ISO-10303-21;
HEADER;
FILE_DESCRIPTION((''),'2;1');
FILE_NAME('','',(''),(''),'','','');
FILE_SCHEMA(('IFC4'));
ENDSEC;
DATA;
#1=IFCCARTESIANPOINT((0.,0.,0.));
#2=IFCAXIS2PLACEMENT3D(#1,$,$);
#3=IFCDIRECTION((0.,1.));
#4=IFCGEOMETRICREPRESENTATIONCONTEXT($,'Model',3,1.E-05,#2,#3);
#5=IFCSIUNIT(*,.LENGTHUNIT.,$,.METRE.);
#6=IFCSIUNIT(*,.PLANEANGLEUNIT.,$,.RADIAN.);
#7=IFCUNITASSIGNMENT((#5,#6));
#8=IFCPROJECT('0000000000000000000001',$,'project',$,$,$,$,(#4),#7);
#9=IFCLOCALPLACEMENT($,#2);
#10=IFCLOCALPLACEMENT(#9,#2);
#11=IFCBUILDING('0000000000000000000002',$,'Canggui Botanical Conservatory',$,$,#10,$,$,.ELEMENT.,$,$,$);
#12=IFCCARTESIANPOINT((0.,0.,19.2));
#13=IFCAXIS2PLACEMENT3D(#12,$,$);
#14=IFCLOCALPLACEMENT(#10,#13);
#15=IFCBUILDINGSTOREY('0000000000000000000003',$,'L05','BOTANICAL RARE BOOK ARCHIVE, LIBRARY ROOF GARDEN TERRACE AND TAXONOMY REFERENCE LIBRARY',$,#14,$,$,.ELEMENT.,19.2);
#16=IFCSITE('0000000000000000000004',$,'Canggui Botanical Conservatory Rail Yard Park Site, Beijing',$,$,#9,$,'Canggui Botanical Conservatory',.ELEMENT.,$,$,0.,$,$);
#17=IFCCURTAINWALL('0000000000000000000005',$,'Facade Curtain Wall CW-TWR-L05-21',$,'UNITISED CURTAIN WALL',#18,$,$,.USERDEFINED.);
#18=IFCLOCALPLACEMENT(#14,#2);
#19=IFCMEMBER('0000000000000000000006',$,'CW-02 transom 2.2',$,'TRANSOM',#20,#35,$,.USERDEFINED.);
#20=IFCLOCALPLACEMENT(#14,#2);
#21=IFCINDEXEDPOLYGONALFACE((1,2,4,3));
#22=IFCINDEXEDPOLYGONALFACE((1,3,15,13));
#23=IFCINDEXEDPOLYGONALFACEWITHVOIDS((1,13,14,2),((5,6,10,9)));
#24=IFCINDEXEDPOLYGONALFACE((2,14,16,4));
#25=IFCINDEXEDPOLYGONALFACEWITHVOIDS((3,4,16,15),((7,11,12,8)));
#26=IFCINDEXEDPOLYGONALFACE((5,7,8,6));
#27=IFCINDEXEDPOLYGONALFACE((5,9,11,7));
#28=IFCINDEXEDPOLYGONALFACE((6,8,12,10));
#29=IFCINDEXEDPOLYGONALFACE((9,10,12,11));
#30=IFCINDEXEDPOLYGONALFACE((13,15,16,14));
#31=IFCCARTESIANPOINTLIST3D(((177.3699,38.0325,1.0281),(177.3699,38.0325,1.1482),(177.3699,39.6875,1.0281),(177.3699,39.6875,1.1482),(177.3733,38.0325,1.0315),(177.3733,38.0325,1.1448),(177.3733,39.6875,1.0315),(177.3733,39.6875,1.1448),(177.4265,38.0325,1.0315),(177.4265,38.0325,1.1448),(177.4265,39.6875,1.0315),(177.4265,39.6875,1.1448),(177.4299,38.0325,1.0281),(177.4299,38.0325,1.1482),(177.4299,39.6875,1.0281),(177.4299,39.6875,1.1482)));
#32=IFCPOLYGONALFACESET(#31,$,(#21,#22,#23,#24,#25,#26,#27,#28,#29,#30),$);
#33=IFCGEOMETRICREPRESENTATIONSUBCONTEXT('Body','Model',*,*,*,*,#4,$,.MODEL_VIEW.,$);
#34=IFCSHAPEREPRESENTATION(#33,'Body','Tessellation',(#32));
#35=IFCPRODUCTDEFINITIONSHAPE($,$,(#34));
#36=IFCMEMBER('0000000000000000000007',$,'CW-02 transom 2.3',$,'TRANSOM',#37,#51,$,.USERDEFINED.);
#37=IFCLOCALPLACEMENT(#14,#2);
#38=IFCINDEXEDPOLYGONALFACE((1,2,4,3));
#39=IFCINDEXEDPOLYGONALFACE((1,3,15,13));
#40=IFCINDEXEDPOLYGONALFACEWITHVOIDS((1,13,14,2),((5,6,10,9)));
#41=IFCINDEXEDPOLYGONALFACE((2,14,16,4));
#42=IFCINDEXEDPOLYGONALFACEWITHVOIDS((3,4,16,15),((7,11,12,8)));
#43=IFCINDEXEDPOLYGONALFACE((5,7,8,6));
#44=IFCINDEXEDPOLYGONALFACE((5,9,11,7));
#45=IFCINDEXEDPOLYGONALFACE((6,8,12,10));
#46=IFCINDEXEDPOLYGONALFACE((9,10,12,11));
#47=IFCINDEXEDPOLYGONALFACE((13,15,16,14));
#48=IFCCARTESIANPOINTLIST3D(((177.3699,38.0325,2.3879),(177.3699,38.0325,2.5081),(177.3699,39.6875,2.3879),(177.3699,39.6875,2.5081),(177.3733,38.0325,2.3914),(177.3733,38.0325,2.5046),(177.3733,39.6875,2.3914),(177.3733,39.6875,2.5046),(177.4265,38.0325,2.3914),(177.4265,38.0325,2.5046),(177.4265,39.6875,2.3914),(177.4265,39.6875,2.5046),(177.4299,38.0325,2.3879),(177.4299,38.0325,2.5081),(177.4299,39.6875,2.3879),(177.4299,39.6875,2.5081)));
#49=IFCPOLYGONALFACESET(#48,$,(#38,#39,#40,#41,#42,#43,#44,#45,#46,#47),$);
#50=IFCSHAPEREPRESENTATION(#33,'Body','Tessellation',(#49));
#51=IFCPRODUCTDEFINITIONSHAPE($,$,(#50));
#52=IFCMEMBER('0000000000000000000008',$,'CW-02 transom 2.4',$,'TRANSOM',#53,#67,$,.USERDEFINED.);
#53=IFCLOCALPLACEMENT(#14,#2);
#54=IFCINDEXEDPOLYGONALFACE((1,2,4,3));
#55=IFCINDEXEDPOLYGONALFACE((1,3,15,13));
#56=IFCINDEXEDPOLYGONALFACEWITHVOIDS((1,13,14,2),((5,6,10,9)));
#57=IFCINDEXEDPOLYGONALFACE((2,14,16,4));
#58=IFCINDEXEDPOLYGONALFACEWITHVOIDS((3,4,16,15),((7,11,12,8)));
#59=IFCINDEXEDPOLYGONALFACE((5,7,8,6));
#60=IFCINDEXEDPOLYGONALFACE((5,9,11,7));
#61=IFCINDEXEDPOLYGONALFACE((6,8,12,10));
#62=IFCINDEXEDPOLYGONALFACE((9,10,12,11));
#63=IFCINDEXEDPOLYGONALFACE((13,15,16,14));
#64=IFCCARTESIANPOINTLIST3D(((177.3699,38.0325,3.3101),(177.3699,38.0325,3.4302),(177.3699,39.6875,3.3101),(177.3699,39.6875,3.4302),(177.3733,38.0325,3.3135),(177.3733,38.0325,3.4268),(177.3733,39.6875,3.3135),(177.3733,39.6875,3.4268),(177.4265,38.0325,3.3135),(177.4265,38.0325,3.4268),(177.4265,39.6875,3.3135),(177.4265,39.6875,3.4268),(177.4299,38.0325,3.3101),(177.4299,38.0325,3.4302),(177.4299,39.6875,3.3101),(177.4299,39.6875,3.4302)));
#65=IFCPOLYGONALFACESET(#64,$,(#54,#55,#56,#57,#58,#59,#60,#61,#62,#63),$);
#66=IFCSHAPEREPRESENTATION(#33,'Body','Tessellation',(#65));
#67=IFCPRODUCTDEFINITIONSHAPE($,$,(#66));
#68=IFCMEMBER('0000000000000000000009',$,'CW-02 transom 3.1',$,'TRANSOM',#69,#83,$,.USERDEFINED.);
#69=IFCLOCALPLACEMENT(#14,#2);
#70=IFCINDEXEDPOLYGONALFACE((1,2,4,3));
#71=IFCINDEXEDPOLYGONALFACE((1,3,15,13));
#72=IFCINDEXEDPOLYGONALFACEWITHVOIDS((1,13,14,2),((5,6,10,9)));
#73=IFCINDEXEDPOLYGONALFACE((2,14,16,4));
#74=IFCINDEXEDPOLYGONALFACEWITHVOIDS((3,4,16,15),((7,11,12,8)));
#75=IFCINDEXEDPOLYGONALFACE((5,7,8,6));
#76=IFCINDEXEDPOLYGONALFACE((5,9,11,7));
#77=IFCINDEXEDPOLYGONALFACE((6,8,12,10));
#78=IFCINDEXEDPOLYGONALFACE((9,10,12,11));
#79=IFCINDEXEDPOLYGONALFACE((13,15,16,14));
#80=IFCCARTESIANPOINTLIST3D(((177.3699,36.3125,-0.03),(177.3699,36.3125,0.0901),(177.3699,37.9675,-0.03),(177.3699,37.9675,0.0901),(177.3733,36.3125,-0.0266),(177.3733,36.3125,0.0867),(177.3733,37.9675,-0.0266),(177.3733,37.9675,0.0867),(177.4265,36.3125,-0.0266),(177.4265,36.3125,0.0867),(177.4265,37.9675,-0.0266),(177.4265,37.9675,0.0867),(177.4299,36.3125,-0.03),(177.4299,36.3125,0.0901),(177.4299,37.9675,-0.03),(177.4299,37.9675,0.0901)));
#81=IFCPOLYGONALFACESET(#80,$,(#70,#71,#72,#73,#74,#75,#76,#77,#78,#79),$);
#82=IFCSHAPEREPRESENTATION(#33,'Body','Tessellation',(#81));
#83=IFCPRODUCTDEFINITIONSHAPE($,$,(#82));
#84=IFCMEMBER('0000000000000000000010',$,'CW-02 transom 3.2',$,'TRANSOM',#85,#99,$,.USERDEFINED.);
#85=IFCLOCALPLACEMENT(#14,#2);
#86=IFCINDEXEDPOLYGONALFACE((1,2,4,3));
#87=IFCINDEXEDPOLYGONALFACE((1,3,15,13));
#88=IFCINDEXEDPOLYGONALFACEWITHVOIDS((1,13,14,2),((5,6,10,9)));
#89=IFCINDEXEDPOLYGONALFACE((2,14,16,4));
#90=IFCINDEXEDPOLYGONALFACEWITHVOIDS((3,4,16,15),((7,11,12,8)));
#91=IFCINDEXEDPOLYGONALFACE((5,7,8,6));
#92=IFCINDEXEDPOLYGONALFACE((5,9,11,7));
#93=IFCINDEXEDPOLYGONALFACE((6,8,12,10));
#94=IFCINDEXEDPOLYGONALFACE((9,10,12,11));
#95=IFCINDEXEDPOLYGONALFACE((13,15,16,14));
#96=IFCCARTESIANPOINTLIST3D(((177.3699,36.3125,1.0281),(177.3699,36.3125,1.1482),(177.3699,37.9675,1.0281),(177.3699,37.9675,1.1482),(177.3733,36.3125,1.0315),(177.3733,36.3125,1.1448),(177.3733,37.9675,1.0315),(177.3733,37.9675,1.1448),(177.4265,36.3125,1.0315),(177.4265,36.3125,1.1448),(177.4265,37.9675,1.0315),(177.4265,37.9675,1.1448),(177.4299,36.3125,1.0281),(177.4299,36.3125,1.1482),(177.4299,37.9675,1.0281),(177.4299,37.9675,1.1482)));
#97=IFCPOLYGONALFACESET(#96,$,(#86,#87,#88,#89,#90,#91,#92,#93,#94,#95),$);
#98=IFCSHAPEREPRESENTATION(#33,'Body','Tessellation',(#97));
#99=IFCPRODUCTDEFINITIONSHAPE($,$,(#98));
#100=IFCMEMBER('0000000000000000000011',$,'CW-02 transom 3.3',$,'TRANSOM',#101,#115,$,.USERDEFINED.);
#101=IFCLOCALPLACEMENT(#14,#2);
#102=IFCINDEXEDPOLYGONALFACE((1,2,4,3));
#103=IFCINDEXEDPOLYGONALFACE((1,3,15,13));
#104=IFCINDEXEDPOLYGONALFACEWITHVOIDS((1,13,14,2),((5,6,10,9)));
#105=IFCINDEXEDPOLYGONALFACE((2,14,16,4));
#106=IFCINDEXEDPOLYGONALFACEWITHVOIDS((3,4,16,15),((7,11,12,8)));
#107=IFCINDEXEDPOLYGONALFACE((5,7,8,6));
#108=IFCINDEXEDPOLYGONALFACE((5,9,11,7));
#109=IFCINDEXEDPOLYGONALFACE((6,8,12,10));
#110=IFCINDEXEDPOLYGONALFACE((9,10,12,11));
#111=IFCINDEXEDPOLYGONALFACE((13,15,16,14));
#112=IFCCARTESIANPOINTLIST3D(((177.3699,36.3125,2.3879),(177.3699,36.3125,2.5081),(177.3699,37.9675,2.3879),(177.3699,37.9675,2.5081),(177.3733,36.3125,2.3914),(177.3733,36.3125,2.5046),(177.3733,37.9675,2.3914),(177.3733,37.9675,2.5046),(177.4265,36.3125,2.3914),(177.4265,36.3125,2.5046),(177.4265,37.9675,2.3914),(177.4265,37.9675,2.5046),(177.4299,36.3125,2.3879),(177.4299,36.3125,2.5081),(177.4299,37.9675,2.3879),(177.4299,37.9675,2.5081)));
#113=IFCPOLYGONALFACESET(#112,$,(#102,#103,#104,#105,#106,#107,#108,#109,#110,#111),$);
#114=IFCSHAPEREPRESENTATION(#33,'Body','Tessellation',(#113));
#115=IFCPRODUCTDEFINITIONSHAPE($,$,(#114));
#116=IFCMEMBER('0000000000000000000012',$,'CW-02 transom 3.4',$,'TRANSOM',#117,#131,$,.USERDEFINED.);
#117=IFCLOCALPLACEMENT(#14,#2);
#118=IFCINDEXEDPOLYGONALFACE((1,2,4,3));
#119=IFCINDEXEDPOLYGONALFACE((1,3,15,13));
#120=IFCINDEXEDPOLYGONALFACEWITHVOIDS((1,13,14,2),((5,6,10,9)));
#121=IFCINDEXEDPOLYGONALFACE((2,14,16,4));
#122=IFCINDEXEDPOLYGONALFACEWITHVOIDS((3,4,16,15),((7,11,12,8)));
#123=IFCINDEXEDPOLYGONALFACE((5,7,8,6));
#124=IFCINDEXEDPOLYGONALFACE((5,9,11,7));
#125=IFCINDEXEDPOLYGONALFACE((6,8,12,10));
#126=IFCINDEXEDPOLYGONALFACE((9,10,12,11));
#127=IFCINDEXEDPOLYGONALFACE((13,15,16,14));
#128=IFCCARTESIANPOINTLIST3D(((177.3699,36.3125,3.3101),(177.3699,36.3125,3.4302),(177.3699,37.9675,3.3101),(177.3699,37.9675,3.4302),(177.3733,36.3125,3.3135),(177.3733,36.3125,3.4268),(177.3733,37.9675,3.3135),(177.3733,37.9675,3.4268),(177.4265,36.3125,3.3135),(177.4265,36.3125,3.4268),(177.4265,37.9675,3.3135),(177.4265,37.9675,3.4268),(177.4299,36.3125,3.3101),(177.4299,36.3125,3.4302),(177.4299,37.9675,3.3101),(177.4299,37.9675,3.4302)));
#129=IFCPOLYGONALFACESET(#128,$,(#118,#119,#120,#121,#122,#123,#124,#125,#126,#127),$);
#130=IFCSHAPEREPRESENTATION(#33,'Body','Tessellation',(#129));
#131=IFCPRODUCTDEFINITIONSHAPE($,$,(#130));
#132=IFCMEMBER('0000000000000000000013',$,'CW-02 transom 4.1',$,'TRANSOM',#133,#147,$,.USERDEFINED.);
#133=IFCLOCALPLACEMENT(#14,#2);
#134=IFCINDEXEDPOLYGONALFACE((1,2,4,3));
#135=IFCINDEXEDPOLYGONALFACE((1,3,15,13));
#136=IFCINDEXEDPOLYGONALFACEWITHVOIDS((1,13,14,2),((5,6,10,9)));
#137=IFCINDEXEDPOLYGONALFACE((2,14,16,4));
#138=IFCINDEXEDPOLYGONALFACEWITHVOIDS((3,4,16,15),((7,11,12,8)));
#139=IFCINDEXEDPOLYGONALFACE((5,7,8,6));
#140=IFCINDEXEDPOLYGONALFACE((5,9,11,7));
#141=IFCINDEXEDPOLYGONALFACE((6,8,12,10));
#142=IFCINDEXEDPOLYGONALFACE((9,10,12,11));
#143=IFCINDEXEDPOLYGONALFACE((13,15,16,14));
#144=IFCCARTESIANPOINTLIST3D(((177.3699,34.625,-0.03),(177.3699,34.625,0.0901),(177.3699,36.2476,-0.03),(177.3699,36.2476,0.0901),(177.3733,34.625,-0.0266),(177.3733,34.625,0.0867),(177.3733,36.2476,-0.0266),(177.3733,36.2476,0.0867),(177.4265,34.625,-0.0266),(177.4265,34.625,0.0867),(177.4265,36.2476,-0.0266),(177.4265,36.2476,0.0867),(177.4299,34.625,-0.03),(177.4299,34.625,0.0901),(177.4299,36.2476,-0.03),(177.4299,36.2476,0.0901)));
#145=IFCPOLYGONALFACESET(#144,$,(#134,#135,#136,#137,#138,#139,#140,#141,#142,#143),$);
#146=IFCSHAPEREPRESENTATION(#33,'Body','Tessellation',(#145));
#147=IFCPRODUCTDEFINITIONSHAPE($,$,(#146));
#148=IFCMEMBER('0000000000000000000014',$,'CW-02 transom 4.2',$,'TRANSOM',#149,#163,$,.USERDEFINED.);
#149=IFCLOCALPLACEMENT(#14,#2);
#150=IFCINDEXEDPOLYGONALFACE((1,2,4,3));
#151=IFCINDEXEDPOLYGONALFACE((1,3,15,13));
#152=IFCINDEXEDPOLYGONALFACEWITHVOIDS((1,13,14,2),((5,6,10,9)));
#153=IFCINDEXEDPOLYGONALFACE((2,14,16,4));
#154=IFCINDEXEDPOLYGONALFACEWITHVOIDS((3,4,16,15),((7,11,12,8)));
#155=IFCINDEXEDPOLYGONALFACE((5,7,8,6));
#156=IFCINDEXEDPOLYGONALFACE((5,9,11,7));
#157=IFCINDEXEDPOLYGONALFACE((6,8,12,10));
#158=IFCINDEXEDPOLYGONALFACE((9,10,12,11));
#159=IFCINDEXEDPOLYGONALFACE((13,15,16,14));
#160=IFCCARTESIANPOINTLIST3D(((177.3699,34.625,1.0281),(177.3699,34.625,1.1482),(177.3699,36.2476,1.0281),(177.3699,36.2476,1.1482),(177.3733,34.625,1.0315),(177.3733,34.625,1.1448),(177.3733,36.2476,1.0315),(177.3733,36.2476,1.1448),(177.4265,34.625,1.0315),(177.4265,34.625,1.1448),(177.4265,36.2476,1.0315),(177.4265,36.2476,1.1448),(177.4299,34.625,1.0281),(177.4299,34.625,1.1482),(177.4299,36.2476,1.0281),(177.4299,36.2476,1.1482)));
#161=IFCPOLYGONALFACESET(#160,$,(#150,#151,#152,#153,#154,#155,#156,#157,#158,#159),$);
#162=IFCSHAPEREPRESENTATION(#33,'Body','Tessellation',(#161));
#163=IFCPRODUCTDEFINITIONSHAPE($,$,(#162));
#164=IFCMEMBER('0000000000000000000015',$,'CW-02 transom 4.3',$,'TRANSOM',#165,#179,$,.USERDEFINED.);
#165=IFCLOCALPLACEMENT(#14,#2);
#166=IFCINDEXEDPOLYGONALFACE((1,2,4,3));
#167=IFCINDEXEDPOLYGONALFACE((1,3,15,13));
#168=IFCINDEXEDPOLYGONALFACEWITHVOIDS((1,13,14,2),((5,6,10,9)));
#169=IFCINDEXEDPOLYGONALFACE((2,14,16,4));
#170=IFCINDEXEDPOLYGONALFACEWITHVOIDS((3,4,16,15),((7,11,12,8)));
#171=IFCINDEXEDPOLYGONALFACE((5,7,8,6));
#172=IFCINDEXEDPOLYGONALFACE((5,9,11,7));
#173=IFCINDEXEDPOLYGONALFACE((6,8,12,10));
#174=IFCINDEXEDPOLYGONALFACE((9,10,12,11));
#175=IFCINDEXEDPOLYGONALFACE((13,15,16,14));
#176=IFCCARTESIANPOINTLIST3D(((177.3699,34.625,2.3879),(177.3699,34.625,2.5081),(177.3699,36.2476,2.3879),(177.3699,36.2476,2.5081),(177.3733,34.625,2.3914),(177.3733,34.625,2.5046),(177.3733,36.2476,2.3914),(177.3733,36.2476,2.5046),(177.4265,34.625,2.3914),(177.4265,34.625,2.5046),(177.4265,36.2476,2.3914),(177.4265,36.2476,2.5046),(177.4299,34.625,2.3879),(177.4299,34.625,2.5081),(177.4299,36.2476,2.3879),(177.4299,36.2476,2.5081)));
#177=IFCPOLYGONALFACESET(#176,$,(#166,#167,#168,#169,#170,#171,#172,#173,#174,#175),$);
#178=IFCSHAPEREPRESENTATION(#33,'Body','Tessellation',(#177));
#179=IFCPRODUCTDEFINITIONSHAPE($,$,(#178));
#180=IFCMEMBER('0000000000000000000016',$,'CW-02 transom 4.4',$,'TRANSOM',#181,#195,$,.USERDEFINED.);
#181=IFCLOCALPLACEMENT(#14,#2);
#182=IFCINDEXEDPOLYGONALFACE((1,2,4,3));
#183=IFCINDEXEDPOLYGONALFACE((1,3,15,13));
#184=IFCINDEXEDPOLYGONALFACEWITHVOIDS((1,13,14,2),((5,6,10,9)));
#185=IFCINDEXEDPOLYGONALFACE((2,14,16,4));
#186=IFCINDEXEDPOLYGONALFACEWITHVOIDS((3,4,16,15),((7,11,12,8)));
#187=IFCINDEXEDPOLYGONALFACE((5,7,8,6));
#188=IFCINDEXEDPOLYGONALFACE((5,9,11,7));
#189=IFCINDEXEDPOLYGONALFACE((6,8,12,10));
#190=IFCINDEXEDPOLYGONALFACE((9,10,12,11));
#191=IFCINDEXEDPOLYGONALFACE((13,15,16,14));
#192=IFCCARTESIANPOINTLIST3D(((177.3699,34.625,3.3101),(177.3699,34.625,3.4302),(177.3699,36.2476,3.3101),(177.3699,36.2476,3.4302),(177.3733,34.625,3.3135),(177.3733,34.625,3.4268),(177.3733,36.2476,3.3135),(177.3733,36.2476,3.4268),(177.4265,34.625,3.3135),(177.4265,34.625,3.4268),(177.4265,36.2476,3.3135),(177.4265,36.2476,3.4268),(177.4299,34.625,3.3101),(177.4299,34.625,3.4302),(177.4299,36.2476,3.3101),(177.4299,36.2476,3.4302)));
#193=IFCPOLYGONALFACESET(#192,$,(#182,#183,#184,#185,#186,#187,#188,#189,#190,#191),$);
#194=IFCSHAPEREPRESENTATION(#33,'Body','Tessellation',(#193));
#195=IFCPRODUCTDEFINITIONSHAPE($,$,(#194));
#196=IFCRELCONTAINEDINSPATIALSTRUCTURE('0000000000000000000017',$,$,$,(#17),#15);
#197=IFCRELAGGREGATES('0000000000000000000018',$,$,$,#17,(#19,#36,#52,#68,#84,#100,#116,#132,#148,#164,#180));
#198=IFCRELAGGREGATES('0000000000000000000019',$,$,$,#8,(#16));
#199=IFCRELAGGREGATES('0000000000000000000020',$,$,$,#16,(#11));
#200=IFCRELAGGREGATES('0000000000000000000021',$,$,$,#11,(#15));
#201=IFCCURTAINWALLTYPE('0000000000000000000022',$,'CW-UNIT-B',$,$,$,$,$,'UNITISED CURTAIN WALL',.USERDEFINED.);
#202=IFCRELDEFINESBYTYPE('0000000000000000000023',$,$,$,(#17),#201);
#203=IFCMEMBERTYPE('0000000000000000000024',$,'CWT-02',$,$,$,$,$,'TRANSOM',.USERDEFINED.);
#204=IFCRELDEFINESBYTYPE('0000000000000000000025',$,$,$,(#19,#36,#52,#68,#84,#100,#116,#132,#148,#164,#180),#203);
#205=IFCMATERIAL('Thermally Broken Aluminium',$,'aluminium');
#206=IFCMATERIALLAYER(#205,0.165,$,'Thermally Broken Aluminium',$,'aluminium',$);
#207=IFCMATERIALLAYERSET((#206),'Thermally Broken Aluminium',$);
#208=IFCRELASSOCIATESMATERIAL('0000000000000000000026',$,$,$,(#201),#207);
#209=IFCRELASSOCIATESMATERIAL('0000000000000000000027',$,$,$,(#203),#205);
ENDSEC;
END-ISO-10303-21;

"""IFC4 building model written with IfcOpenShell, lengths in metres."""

from ifc_helpers import new_model, si_unit, direction, frame, origin, origin_2d, place, context, subcontext, project, spatial, hollow_rectangle, extrude, material, layer, layer_set, material_profile, profile_set, type_object, element, aggregate, save


model = new_model("IFC4")

# Units and contexts
model_context = context("Model", 3, precision=1e-05, world=origin(), true_north=direction((0.0, 1.0)))
body_context = subcontext(model_context, "Body", "Model", "MODEL_VIEW")
ifc_project = project(units=[si_unit("LENGTHUNIT", "METRE"), si_unit("PLANEANGLEUNIT", "RADIAN")], contexts=[model_context])

# Site, building, storey
site_placement = place(None, origin())
site = spatial("IfcSite", under=ifc_project, at=site_placement, Name="Canggui Botanical Conservatory Rail Yard Park Site, Beijing", LongName="Canggui Botanical Conservatory", CompositionType="ELEMENT", RefElevation=0.0)
building_placement = place(site_placement, origin())
building = spatial("IfcBuilding", under=site, at=building_placement, Name="Canggui Botanical Conservatory", CompositionType="ELEMENT")
storey_placement = place(building_placement, frame((0.0, 0.0, 19.2)))
storey = spatial("IfcBuildingStorey", under=building, at=storey_placement, Name="L05", Description="BOTANICAL RARE BOOK ARCHIVE, LIBRARY ROOF GARDEN TERRACE AND TAXONOMY REFERENCE LIBRARY", CompositionType="ELEMENT", Elevation=19.2)

# Curtain wall, members
ifc_material_1 = material(Name="Thermally Broken Aluminium", Category="aluminium")
ifc_layer_1 = layer(ifc_material_1, 0.165, Name="Thermally Broken Aluminium", Category="aluminium")
ifc_layer_set_1 = layer_set([ifc_layer_1], Name="Thermally Broken Aluminium")
curtain_wall_type = type_object("IfcCurtainWallType", Name="CW-UNIT-B", ElementType="UNITISED CURTAIN WALL", PredefinedType="USERDEFINED", material=ifc_layer_set_1)
curtain_wall_placement = place(storey_placement, origin())
curtain_wall = element("IfcCurtainWall", 1, at=curtain_wall_placement, inside=storey, type_object=curtain_wall_type, Name="Facade Curtain Wall CW-TWR-L05-21", ObjectType="UNITISED CURTAIN WALL", PredefinedType="USERDEFINED")
ifc_material_profile_1 = material_profile(ifc_material_1, hollow_rectangle(XDim=0.0601, YDim=0.1201, WallThickness=0.0034, at=origin_2d()), Name="CWT 60x120x3.5")
ifc_profile_set_1 = profile_set([ifc_material_profile_1], Name="Thermally Broken Aluminium")
member_type_1 = type_object("IfcMemberType", Name="CWT-02", ElementType="TRANSOM", PredefinedType="USERDEFINED", material=ifc_profile_set_1)
member_1_placement = place(storey_placement, frame((177.3999, 39.6875, 1.0881), z_axis=(0.0, -1.0, 0.0), x_axis=(1.0, 0.0, 0.0)))
member_1 = element("IfcMember", 2, at=member_1_placement, type_object=member_type_1, Name="CW-02 transom 2.2", ObjectType="TRANSOM", PredefinedType="USERDEFINED", context=body_context, shape_type="SweptSolid", body=[
    extrude(hollow_rectangle(XDim=0.0601, YDim=0.1201, WallThickness=0.0034, at=origin_2d()), origin(), (0.0, 0.0, 1.0), 1.655),
])
member_2_placement = place(storey_placement, frame((177.3999, 39.6875, 2.448), z_axis=(0.0, -1.0, 0.0), x_axis=(1.0, 0.0, 0.0)))
member_2 = element("IfcMember", 3, at=member_2_placement, type_object=member_type_1, Name="CW-02 transom 2.3", ObjectType="TRANSOM", PredefinedType="USERDEFINED", context=body_context, shape_type="SweptSolid", body=[
    extrude(hollow_rectangle(XDim=0.0601, YDim=0.1201, WallThickness=0.0034, at=origin_2d()), origin(), (0.0, 0.0, 1.0), 1.655),
])
member_3_placement = place(storey_placement, frame((177.3999, 39.6875, 3.3701), z_axis=(0.0, -1.0, 0.0), x_axis=(1.0, 0.0, 0.0)))
member_3 = element("IfcMember", 4, at=member_3_placement, type_object=member_type_1, Name="CW-02 transom 2.4", ObjectType="TRANSOM", PredefinedType="USERDEFINED", context=body_context, shape_type="SweptSolid", body=[
    extrude(hollow_rectangle(XDim=0.0601, YDim=0.1201, WallThickness=0.0034, at=origin_2d()), origin(), (0.0, 0.0, 1.0), 1.655),
])
member_4_placement = place(storey_placement, frame((177.3999, 37.9675, 0.03), z_axis=(0.0, -1.0, 0.0), x_axis=(1.0, 0.0, 0.0)))
member_4 = element("IfcMember", 5, at=member_4_placement, type_object=member_type_1, Name="CW-02 transom 3.1", ObjectType="TRANSOM", PredefinedType="USERDEFINED", context=body_context, shape_type="SweptSolid", body=[
    extrude(hollow_rectangle(XDim=0.0601, YDim=0.1201, WallThickness=0.0034, at=origin_2d()), origin(), (0.0, 0.0, 1.0), 1.655),
])
member_5_placement = place(storey_placement, frame((177.3999, 37.9675, 1.0881), z_axis=(0.0, -1.0, 0.0), x_axis=(1.0, 0.0, 0.0)))
member_5 = element("IfcMember", 6, at=member_5_placement, type_object=member_type_1, Name="CW-02 transom 3.2", ObjectType="TRANSOM", PredefinedType="USERDEFINED", context=body_context, shape_type="SweptSolid", body=[
    extrude(hollow_rectangle(XDim=0.0601, YDim=0.1201, WallThickness=0.0034, at=origin_2d()), origin(), (0.0, 0.0, 1.0), 1.655),
])
member_6_placement = place(storey_placement, frame((177.3999, 37.9675, 2.448), z_axis=(0.0, -1.0, 0.0), x_axis=(1.0, 0.0, 0.0)))
member_6 = element("IfcMember", 7, at=member_6_placement, type_object=member_type_1, Name="CW-02 transom 3.3", ObjectType="TRANSOM", PredefinedType="USERDEFINED", context=body_context, shape_type="SweptSolid", body=[
    extrude(hollow_rectangle(XDim=0.0601, YDim=0.1201, WallThickness=0.0034, at=origin_2d()), origin(), (0.0, 0.0, 1.0), 1.655),
])
member_7_placement = place(storey_placement, frame((177.3999, 37.9675, 3.3701), z_axis=(0.0, -1.0, 0.0), x_axis=(1.0, 0.0, 0.0)))
member_7 = element("IfcMember", 8, at=member_7_placement, type_object=member_type_1, Name="CW-02 transom 3.4", ObjectType="TRANSOM", PredefinedType="USERDEFINED", context=body_context, shape_type="SweptSolid", body=[
    extrude(hollow_rectangle(XDim=0.0601, YDim=0.1201, WallThickness=0.0034, at=origin_2d()), origin(), (0.0, 0.0, 1.0), 1.655),
])
member_8_placement = place(storey_placement, frame((177.3999, 36.2476, 0.03), z_axis=(0.0, -1.0, 0.0), x_axis=(1.0, 0.0, 0.0)))
member_8 = element("IfcMember", 9, at=member_8_placement, type_object=member_type_1, Name="CW-02 transom 4.1", ObjectType="TRANSOM", PredefinedType="USERDEFINED", context=body_context, shape_type="SweptSolid", body=[
    extrude(hollow_rectangle(XDim=0.0601, YDim=0.1201, WallThickness=0.0034, at=origin_2d()), origin(), (0.0, 0.0, 1.0), 1.6226),
])
member_9_placement = place(storey_placement, frame((177.3999, 36.2476, 1.0881), z_axis=(0.0, -1.0, 0.0), x_axis=(1.0, 0.0, 0.0)))
member_9 = element("IfcMember", 10, at=member_9_placement, type_object=member_type_1, Name="CW-02 transom 4.2", ObjectType="TRANSOM", PredefinedType="USERDEFINED", context=body_context, shape_type="SweptSolid", body=[
    extrude(hollow_rectangle(XDim=0.0601, YDim=0.1201, WallThickness=0.0034, at=origin_2d()), origin(), (0.0, 0.0, 1.0), 1.6226),
])
member_10_placement = place(storey_placement, frame((177.3999, 36.2476, 2.448), z_axis=(0.0, -1.0, 0.0), x_axis=(1.0, 0.0, 0.0)))
member_10 = element("IfcMember", 11, at=member_10_placement, type_object=member_type_1, Name="CW-02 transom 4.3", ObjectType="TRANSOM", PredefinedType="USERDEFINED", context=body_context, shape_type="SweptSolid", body=[
    extrude(hollow_rectangle(XDim=0.0601, YDim=0.1201, WallThickness=0.0034, at=origin_2d()), origin(), (0.0, 0.0, 1.0), 1.6226),
])
member_11_placement = place(storey_placement, frame((177.3999, 36.2476, 3.3701), z_axis=(0.0, -1.0, 0.0), x_axis=(1.0, 0.0, 0.0)))
member_11 = element("IfcMember", 12, at=member_11_placement, type_object=member_type_1, Name="CW-02 transom 4.4", ObjectType="TRANSOM", PredefinedType="USERDEFINED", context=body_context, shape_type="SweptSolid", body=[
    extrude(hollow_rectangle(XDim=0.0601, YDim=0.1201, WallThickness=0.0034, at=origin_2d()), origin(), (0.0, 0.0, 1.0), 1.6226),
])

aggregate(curtain_wall, [member_1, member_2, member_3, member_4, member_5, member_6, member_7, member_8, member_9, member_10, member_11])

save(model, "model.ifc")
